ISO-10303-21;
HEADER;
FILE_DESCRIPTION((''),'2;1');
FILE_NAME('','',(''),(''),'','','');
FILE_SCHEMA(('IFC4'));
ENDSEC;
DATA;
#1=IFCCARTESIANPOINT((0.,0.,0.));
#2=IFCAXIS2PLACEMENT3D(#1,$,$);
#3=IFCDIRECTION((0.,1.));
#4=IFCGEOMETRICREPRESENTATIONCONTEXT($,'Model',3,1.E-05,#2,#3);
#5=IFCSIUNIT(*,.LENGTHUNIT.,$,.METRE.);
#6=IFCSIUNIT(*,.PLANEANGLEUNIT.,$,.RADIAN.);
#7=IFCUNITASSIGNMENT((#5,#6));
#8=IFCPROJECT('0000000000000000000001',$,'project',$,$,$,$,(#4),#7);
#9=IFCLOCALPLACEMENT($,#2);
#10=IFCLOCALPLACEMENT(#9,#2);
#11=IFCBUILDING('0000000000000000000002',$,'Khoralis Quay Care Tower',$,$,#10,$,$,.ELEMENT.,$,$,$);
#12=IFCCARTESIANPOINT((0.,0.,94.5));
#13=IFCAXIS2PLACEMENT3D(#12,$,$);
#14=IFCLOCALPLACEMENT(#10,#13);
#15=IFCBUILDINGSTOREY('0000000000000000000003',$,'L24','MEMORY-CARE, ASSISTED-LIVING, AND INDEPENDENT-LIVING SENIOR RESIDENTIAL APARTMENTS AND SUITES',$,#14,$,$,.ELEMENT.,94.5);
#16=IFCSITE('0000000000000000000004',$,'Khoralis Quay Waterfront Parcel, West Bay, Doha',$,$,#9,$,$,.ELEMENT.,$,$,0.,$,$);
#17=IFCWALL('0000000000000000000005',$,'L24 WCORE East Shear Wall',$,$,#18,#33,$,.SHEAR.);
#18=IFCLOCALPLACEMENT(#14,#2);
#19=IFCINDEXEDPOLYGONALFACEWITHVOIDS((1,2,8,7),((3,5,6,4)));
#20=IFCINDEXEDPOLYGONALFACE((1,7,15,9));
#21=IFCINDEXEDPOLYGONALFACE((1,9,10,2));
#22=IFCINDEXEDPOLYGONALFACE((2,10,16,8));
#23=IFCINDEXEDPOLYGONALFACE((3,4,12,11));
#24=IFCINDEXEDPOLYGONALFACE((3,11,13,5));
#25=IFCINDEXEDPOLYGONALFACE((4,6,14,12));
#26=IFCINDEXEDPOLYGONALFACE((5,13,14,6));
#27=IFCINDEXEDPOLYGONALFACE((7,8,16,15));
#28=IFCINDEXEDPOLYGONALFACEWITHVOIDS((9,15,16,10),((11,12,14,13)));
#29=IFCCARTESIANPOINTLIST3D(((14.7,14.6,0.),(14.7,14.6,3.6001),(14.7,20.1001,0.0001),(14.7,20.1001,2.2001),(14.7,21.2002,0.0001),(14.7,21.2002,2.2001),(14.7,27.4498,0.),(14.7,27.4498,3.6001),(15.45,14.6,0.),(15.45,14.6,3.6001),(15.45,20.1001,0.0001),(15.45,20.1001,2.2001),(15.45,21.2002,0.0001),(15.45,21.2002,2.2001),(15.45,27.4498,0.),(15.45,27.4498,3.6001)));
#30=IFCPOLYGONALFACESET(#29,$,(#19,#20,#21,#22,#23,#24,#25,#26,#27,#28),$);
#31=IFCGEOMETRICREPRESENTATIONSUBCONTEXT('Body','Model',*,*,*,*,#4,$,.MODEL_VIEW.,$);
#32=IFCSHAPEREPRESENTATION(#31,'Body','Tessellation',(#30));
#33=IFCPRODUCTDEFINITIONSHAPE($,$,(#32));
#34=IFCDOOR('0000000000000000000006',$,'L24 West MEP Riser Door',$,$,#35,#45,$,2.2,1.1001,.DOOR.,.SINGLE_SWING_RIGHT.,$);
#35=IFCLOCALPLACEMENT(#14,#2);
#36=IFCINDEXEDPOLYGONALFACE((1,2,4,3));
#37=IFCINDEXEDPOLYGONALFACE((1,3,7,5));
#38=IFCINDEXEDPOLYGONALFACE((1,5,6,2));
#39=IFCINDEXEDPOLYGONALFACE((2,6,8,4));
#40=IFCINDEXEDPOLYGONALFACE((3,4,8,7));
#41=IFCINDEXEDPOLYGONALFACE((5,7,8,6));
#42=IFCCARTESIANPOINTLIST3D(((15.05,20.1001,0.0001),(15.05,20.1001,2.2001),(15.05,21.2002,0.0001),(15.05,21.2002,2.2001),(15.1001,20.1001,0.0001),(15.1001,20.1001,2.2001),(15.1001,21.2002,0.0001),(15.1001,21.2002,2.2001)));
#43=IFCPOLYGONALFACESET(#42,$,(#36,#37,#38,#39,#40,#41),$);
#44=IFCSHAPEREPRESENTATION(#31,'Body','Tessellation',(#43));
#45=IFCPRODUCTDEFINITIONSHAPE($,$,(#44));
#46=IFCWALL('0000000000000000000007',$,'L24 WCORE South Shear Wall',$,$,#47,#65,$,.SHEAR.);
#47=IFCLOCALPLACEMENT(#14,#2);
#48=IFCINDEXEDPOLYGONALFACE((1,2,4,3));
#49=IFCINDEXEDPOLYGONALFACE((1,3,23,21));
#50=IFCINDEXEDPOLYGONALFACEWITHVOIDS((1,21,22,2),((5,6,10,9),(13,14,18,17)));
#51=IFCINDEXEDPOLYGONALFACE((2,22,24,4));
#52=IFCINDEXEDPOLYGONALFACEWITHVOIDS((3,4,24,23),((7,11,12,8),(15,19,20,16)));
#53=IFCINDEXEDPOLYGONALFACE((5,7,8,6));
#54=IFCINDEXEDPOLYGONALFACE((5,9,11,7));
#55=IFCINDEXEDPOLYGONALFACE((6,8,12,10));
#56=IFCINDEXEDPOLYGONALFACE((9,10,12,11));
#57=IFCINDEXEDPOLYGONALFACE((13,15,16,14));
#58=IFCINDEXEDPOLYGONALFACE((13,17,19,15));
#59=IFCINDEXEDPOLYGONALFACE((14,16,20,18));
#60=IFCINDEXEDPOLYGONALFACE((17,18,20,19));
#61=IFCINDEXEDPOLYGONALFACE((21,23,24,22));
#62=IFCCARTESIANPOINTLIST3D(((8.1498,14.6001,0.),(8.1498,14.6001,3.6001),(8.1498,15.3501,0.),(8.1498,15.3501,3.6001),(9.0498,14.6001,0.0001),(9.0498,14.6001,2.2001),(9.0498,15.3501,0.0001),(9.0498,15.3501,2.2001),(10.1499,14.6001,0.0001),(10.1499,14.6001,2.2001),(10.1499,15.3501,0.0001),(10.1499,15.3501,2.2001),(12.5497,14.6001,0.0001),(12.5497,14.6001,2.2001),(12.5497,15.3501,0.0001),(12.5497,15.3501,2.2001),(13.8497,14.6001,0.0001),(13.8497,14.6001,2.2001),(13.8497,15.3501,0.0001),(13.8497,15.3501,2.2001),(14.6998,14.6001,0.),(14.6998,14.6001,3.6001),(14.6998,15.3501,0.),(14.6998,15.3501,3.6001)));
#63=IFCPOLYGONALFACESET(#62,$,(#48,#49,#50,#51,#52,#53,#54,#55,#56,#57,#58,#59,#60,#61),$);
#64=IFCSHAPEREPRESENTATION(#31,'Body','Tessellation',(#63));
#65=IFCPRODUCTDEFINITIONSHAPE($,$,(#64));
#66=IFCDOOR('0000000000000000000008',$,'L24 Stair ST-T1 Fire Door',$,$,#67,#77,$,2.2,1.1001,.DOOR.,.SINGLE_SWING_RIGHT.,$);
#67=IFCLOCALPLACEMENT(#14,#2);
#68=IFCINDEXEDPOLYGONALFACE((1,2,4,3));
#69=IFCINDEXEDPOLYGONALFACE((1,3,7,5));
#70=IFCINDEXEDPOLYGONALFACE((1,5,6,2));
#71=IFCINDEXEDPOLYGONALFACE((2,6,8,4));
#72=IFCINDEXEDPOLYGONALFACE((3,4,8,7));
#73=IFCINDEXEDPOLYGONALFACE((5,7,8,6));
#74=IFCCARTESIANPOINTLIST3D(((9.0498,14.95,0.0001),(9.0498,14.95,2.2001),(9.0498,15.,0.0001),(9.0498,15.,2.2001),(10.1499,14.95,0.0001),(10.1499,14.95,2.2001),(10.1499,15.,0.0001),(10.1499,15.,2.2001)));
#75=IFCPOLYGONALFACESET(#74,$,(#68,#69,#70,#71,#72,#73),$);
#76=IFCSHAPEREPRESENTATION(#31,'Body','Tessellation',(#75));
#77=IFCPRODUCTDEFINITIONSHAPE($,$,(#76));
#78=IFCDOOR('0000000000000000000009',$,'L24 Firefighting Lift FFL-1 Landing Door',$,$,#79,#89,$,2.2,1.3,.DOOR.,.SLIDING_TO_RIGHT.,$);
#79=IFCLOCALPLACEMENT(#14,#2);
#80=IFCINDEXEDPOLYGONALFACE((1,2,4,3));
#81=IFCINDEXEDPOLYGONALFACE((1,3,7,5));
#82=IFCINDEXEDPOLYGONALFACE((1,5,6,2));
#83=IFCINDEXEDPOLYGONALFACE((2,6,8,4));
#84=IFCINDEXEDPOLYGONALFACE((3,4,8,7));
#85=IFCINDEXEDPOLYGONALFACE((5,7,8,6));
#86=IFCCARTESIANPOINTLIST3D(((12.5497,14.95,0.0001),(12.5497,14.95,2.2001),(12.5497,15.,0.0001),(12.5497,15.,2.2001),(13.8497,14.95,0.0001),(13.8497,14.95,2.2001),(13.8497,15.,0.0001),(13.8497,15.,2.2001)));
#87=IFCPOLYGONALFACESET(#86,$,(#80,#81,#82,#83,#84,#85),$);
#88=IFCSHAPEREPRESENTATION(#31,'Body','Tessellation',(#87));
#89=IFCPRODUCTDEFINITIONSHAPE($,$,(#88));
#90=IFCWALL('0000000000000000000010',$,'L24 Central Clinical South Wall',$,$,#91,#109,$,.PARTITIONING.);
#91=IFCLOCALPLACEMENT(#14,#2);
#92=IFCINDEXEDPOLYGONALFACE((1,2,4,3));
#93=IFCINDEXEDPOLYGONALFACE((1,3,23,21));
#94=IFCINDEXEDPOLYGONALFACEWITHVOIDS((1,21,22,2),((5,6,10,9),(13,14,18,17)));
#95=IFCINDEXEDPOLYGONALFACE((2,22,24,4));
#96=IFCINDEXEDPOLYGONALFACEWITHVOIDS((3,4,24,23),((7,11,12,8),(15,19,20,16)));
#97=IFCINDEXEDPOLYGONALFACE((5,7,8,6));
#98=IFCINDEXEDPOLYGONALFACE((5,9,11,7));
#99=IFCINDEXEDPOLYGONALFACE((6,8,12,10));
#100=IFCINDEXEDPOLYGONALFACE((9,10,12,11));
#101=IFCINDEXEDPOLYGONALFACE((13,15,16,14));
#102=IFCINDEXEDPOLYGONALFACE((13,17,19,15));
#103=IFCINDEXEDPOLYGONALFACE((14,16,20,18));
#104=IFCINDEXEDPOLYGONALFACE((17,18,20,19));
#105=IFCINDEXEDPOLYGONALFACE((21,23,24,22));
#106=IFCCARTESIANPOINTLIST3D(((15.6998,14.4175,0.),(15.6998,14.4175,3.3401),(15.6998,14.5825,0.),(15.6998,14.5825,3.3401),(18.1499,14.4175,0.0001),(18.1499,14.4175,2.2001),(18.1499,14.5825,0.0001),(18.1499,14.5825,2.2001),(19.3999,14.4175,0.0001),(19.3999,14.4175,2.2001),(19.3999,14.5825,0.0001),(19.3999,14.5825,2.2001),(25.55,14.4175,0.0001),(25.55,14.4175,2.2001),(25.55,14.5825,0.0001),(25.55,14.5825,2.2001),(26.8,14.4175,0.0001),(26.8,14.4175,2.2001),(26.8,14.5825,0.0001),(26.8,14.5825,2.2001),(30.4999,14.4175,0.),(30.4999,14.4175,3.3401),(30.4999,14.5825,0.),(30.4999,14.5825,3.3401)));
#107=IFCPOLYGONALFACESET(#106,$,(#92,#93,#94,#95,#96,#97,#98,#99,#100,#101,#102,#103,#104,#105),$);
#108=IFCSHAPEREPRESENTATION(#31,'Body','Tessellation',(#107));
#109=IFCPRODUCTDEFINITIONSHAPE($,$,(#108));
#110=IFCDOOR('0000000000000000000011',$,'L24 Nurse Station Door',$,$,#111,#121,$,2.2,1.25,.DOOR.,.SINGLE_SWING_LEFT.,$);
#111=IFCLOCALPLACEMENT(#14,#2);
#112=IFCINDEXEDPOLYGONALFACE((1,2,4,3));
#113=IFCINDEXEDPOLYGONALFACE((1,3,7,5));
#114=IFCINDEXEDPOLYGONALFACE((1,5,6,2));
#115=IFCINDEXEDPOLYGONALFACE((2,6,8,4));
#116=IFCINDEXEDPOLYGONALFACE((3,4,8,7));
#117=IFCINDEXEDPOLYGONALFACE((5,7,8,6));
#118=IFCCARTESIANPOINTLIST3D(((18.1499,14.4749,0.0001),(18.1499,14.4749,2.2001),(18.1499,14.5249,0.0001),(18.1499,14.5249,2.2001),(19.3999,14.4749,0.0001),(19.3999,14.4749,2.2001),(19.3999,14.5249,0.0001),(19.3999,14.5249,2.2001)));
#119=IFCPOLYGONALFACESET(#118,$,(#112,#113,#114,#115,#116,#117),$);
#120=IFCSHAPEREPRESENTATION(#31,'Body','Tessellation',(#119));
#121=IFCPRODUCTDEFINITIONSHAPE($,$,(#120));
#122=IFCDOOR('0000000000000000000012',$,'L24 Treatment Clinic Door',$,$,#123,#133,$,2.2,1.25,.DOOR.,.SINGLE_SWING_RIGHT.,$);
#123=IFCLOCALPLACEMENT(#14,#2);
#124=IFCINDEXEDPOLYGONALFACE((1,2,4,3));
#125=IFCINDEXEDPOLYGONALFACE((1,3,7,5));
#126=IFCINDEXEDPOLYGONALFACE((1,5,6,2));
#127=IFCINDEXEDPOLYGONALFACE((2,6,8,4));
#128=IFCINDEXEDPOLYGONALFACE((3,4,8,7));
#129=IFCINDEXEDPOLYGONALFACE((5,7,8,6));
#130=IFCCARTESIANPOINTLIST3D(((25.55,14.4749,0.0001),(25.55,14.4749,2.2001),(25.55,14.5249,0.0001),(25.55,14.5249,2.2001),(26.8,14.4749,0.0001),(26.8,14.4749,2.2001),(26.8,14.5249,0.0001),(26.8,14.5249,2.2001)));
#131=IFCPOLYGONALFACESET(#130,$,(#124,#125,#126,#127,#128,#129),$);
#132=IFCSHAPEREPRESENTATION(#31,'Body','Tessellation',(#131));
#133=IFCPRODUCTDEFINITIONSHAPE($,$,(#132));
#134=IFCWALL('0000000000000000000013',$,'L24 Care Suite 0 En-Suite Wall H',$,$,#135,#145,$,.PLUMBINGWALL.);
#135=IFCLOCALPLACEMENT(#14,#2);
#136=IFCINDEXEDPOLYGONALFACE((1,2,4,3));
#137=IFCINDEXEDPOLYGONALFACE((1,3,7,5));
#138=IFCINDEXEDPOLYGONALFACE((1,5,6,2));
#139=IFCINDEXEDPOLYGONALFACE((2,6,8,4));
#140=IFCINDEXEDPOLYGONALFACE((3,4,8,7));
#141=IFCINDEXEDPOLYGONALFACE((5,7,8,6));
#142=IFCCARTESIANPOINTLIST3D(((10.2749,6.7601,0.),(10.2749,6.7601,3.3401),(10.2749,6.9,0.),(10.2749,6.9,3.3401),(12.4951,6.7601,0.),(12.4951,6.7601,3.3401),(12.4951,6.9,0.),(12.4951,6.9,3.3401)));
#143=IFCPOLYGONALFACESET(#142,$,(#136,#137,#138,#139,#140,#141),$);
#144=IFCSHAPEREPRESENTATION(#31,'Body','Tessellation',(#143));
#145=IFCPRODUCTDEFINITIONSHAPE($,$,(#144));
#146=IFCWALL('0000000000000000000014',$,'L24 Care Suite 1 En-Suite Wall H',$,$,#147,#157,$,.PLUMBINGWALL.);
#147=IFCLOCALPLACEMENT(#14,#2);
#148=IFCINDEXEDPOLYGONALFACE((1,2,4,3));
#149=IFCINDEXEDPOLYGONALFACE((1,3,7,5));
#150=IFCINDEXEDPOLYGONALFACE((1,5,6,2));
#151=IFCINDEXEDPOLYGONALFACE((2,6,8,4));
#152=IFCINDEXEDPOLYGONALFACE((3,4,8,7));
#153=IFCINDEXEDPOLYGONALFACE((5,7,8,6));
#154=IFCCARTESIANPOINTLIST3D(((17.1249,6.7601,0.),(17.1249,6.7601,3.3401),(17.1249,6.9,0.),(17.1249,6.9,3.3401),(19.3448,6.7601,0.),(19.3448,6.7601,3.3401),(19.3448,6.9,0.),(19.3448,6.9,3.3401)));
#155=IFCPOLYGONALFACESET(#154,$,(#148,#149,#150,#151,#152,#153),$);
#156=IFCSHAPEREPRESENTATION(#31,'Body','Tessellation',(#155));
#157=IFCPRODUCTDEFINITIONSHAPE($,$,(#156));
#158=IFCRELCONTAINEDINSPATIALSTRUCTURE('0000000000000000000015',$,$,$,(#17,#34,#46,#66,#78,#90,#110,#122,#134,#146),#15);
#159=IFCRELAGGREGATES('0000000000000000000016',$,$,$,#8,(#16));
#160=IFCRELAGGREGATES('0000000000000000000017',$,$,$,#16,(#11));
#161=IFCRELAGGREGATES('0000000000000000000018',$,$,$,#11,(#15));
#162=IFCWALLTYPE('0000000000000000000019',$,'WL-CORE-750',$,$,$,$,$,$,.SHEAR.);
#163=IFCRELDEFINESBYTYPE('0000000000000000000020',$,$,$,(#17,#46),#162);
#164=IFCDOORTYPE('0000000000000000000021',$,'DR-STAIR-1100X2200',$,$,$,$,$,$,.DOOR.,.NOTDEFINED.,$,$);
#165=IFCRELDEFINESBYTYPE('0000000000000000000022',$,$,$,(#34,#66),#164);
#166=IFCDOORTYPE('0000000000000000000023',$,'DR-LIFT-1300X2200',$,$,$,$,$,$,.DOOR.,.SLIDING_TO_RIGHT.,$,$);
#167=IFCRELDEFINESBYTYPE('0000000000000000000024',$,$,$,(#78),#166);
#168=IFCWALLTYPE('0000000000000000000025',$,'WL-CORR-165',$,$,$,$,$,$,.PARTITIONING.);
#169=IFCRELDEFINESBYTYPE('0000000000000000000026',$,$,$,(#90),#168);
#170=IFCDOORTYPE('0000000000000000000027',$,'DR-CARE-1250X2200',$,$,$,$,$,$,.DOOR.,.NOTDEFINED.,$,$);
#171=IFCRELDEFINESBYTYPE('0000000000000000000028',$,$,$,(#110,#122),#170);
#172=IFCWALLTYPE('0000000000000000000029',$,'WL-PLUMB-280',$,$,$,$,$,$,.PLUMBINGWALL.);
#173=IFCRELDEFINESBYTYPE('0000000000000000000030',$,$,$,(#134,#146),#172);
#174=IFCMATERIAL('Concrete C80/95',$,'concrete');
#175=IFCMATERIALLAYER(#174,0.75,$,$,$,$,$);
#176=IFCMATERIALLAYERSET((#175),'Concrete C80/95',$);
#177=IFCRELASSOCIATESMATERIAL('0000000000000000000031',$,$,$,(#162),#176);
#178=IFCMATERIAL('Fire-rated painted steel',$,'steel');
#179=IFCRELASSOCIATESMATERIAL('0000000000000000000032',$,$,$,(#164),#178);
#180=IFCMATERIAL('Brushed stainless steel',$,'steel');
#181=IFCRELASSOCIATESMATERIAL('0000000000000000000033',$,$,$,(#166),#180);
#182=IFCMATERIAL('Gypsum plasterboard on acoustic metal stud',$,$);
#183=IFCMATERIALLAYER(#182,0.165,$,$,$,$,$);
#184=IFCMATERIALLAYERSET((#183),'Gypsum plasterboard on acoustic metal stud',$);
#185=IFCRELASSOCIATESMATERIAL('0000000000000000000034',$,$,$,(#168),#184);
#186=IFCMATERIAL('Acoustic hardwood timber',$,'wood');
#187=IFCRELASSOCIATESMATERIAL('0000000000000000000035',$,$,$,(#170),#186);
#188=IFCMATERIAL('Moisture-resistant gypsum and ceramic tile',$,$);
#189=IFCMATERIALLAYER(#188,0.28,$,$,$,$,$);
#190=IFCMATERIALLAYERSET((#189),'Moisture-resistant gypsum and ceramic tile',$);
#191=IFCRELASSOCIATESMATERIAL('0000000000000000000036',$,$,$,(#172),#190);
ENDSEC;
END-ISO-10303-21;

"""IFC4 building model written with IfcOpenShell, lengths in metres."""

from ifc_helpers import new_model, si_unit, direction, frame, frame_2d, origin, place, context, subcontext, project, spatial, rectangle, extrude, source, transform, mapped, material, layer, layer_set, type_object, element, fill, save


model = new_model("IFC4")

# Units and contexts
model_context = context("Model", 3, precision=1e-05, world=origin(), true_north=direction((0.0, 1.0)))
body_context = subcontext(model_context, "Body", "Model", "MODEL_VIEW")
ifc_project = project(units=[si_unit("LENGTHUNIT", "METRE"), si_unit("PLANEANGLEUNIT", "RADIAN")], contexts=[model_context])

# Site, building, storey
site_placement = place(None, origin())
site = spatial("IfcSite", under=ifc_project, at=site_placement, Name="Khoralis Quay Waterfront Parcel, West Bay, Doha", CompositionType="ELEMENT", RefElevation=0.0)
building_placement = place(site_placement, origin())
building = spatial("IfcBuilding", under=site, at=building_placement, Name="Khoralis Quay Care Tower", CompositionType="ELEMENT")
storey_placement = place(building_placement, frame((0.0, 0.0, 94.5)))
storey = spatial("IfcBuildingStorey", under=building, at=storey_placement, Name="L24", Description="MEMORY-CARE, ASSISTED-LIVING, AND INDEPENDENT-LIVING SENIOR RESIDENTIAL APARTMENTS AND SUITES", CompositionType="ELEMENT", Elevation=94.5)

# Shared definitions
ifc_material_1 = material(Name="Concrete C80/95", Category="concrete")

# Shared definitions
ifc_material_2 = material(Name="Gypsum plasterboard on acoustic metal stud")
ifc_material_3 = material(Name="Fire-rated painted steel", Category="steel")

# Shared definitions
ifc_layer_1 = layer(ifc_material_1, 0.75)
ifc_layer_set_1 = layer_set([ifc_layer_1], Name="Concrete C80/95")
wall_type_1 = type_object("IfcWallType", Name="WL-CORE-750", PredefinedType="SHEAR", material=ifc_layer_set_1)

# Wall, opening, door
wall_1_placement = place(storey_placement, frame((15.075, 14.6001, 0.0), z_axis=(0.0, 0.0, 1.0), x_axis=(0.0, 1.0, 0.0)))
wall_1 = element("IfcWall", 1, at=wall_1_placement, inside=storey, type_object=wall_type_1, Name="L24 WCORE East Shear Wall", PredefinedType="SHEAR", context=body_context, shape_type="SweptSolid", body=[
    extrude(rectangle(XDim=12.8499, YDim=0.75, at=frame_2d((6.4248, 0.0))), origin(), (0.0, 0.0, 1.0), 3.6001),
])
opening_1_placement = place(wall_1_placement, frame((5.5, 0.0, 0.0)))
opening_1 = element("IfcOpeningElement", 2, at=opening_1_placement, cuts=wall_1, PredefinedType="OPENING", context=body_context, shape_type="SweptSolid", body=[
    extrude(rectangle(XDim=1.1001, YDim=2.2, at=frame_2d((0.55, 1.1001))), frame((0.0, 0.385, 0.0), z_axis=(0.0, -1.0, 0.0), x_axis=(1.0, 0.0, 0.0)), (0.0, 0.0, 1.0), 0.77),
])
door_type_1 = type_object("IfcDoorType", Name="DR-STAIR-1100X2200", OperationType="NOTDEFINED", PredefinedType="DOOR", material=ifc_material_3)
shared_shape_1 = source(origin(), body_context, "Body", "SweptSolid", [
    extrude(rectangle(XDim=1.1001, YDim=2.2, at=frame_2d((0.55, 1.1001))), frame((0.0, 0.0249, 0.0), z_axis=(0.0, -1.0, 0.0), x_axis=(1.0, 0.0, 0.0)), (0.0, 0.0, 1.0), 0.05),
])
door_1_placement = place(opening_1_placement, origin())
door_1 = element("IfcDoor", 3, at=door_1_placement, inside=storey, type_object=door_type_1, Name="L24 West MEP Riser Door", OperationType="SINGLE_SWING_RIGHT", OverallHeight=2.2, OverallWidth=1.1001, PredefinedType="DOOR", context=body_context, shape_type="MappedRepresentation", body=[
    mapped(shared_shape_1, transform((0.0, 0.0, 0.0), scale=1.0)),
])
fill(opening_1, door_1)

# Walls, openings, doors
wall_2_placement = place(storey_placement, frame((8.1499, 14.9751, 0.0), z_axis=(0.0, 0.0, 1.0), x_axis=(1.0, 0.0, 0.0)))
wall_2 = element("IfcWall", 4, at=wall_2_placement, inside=storey, type_object=wall_type_1, Name="L24 WCORE South Shear Wall", PredefinedType="SHEAR", context=body_context, shape_type="SweptSolid", body=[
    extrude(rectangle(XDim=6.55, YDim=0.75, at=frame_2d((3.2749, 0.0))), origin(), (0.0, 0.0, 1.0), 3.6001),
])
opening_2_placement = place(wall_2_placement, frame((0.8999, 0.0, 0.0)))
opening_2 = element("IfcOpeningElement", 5, at=opening_2_placement, cuts=wall_2, PredefinedType="OPENING", context=body_context, shape_type="SweptSolid", body=[
    extrude(rectangle(XDim=1.1001, YDim=2.2, at=frame_2d((0.55, 1.1001))), frame((0.0, 0.385, 0.0), z_axis=(0.0, -1.0, 0.0), x_axis=(1.0, 0.0, 0.0)), (0.0, 0.0, 1.0), 0.77),
])
opening_3_placement = place(wall_2_placement, frame((4.3999, 0.0, 0.0)))
opening_3 = element("IfcOpeningElement", 6, at=opening_3_placement, cuts=wall_2, PredefinedType="OPENING", context=body_context, shape_type="SweptSolid", body=[
    extrude(rectangle(XDim=1.3, YDim=2.2, at=frame_2d((0.6499, 1.1001))), frame((0.0, 0.385, 0.0), z_axis=(0.0, -1.0, 0.0), x_axis=(1.0, 0.0, 0.0)), (0.0, 0.0, 1.0), 0.77),
])
door_2_placement = place(opening_2_placement, origin())
door_2 = element("IfcDoor", 7, at=door_2_placement, inside=storey, type_object=door_type_1, Name="L24 Stair ST-T1 Fire Door", OperationType="SINGLE_SWING_RIGHT", OverallHeight=2.2, OverallWidth=1.1001, PredefinedType="DOOR", context=body_context, shape_type="MappedRepresentation", body=[
    mapped(shared_shape_1, transform((0.0, 0.0, 0.0), scale=1.0)),
])
fill(opening_2, door_2)
ifc_material_4 = material(Name="Brushed stainless steel", Category="steel")
door_type_2 = type_object("IfcDoorType", Name="DR-LIFT-1300X2200", OperationType="SLIDING_TO_RIGHT", PredefinedType="DOOR", material=ifc_material_4)
shared_shape_2 = source(origin(), body_context, "Body", "SweptSolid", [
    extrude(rectangle(XDim=1.3, YDim=2.2, at=frame_2d((0.6499, 1.1001))), frame((0.0, 0.0249, 0.0), z_axis=(0.0, -1.0, 0.0), x_axis=(1.0, 0.0, 0.0)), (0.0, 0.0, 1.0), 0.05),
])
door_3_placement = place(opening_3_placement, origin())
door_3 = element("IfcDoor", 8, at=door_3_placement, inside=storey, type_object=door_type_2, Name="L24 Firefighting Lift FFL-1 Landing Door", OperationType="SLIDING_TO_RIGHT", OverallHeight=2.2, OverallWidth=1.3, PredefinedType="DOOR", context=body_context, shape_type="MappedRepresentation", body=[
    mapped(shared_shape_2, transform((0.0, 0.0, 0.0), scale=1.0)),
])
fill(opening_3, door_3)
ifc_layer_2 = layer(ifc_material_2, 0.165)
ifc_layer_set_2 = layer_set([ifc_layer_2], Name="Gypsum plasterboard on acoustic metal stud")
wall_type_2 = type_object("IfcWallType", Name="WL-CORR-165", PredefinedType="PARTITIONING", material=ifc_layer_set_2)
wall_3_placement = place(storey_placement, frame((15.7, 14.5, 0.0), z_axis=(0.0, 0.0, 1.0), x_axis=(1.0, 0.0, 0.0)))
wall_3 = element("IfcWall", 9, at=wall_3_placement, inside=storey, type_object=wall_type_2, Name="L24 Central Clinical South Wall", PredefinedType="PARTITIONING", context=body_context, shape_type="SweptSolid", body=[
    extrude(rectangle(XDim=14.8, YDim=0.165, at=frame_2d((7.3999, 0.0))), origin(), (0.0, 0.0, 1.0), 3.3401),
])
opening_4_placement = place(wall_3_placement, frame((2.45, 0.0, 0.0)))
opening_4 = element("IfcOpeningElement", 10, at=opening_4_placement, cuts=wall_3, PredefinedType="OPENING", context=body_context, shape_type="SweptSolid", body=[
    extrude(rectangle(XDim=1.25, YDim=2.2, at=frame_2d((0.625, 1.1001))), frame((0.0, 0.0925, 0.0), z_axis=(0.0, -1.0, 0.0), x_axis=(1.0, 0.0, 0.0)), (0.0, 0.0, 1.0), 0.1851),
])
opening_5_placement = place(wall_3_placement, frame((9.8501, 0.0, 0.0)))
opening_5 = element("IfcOpeningElement", 11, at=opening_5_placement, cuts=wall_3, PredefinedType="OPENING", context=body_context, shape_type="SweptSolid", body=[
    extrude(rectangle(XDim=1.25, YDim=2.2, at=frame_2d((0.625, 1.1001))), frame((0.0, 0.0925, 0.0), z_axis=(0.0, -1.0, 0.0), x_axis=(1.0, 0.0, 0.0)), (0.0, 0.0, 1.0), 0.1851),
])
ifc_material_5 = material(Name="Acoustic hardwood timber", Category="wood")
door_type_3 = type_object("IfcDoorType", Name="DR-CARE-1250X2200", OperationType="NOTDEFINED", PredefinedType="DOOR", material=ifc_material_5)
shared_shape_3 = source(origin(), body_context, "Body", "SweptSolid", [
    extrude(rectangle(XDim=1.25, YDim=2.2, at=frame_2d((0.625, 1.1001))), frame((0.0, 0.0249, 0.0), z_axis=(0.0, -1.0, 0.0), x_axis=(1.0, 0.0, 0.0)), (0.0, 0.0, 1.0), 0.05),
])
door_4_placement = place(opening_4_placement, origin())
door_4 = element("IfcDoor", 12, at=door_4_placement, inside=storey, type_object=door_type_3, Name="L24 Nurse Station Door", OperationType="SINGLE_SWING_LEFT", OverallHeight=2.2, OverallWidth=1.25, PredefinedType="DOOR", context=body_context, shape_type="MappedRepresentation", body=[
    mapped(shared_shape_3, transform((0.0, 0.0, 0.0), scale=1.0)),
])
fill(opening_4, door_4)
door_5_placement = place(opening_5_placement, origin())
door_5 = element("IfcDoor", 13, at=door_5_placement, inside=storey, type_object=door_type_3, Name="L24 Treatment Clinic Door", OperationType="SINGLE_SWING_RIGHT", OverallHeight=2.2, OverallWidth=1.25, PredefinedType="DOOR", context=body_context, shape_type="MappedRepresentation", body=[
    mapped(shared_shape_3, transform((0.0, 0.0, 0.0), scale=1.0)),
])
fill(opening_5, door_5)

# Walls
ifc_material_6 = material(Name="Moisture-resistant gypsum and ceramic tile")
ifc_layer_3 = layer(ifc_material_6, 0.28)
ifc_layer_set_3 = layer_set([ifc_layer_3], Name="Moisture-resistant gypsum and ceramic tile")
wall_type_3 = type_object("IfcWallType", Name="WL-PLUMB-280", PredefinedType="PLUMBINGWALL", material=ifc_layer_set_3)
wall_4_placement = place(storey_placement, frame((10.2749, 6.8301, 0.0), z_axis=(0.0, 0.0, 1.0), x_axis=(1.0, 0.0, 0.0)))
element("IfcWall", 14, at=wall_4_placement, inside=storey, type_object=wall_type_3, Name="L24 Care Suite 0 En-Suite Wall H", PredefinedType="PLUMBINGWALL", context=body_context, shape_type="SweptSolid", body=[
    extrude(rectangle(XDim=2.2202, YDim=0.1399, at=frame_2d((1.1101, 0.0))), origin(), (0.0, 0.0, 1.0), 3.3401),
])
wall_5_placement = place(storey_placement, frame((17.125, 6.8301, 0.0), z_axis=(0.0, 0.0, 1.0), x_axis=(1.0, 0.0, 0.0)))
element("IfcWall", 15, at=wall_5_placement, inside=storey, type_object=wall_type_3, Name="L24 Care Suite 1 En-Suite Wall H", PredefinedType="PLUMBINGWALL", context=body_context, shape_type="SweptSolid", body=[
    extrude(rectangle(XDim=2.22, YDim=0.1399, at=frame_2d((1.1099, 0.0))), origin(), (0.0, 0.0, 1.0), 3.3401),
])

save(model, "model.ifc")
